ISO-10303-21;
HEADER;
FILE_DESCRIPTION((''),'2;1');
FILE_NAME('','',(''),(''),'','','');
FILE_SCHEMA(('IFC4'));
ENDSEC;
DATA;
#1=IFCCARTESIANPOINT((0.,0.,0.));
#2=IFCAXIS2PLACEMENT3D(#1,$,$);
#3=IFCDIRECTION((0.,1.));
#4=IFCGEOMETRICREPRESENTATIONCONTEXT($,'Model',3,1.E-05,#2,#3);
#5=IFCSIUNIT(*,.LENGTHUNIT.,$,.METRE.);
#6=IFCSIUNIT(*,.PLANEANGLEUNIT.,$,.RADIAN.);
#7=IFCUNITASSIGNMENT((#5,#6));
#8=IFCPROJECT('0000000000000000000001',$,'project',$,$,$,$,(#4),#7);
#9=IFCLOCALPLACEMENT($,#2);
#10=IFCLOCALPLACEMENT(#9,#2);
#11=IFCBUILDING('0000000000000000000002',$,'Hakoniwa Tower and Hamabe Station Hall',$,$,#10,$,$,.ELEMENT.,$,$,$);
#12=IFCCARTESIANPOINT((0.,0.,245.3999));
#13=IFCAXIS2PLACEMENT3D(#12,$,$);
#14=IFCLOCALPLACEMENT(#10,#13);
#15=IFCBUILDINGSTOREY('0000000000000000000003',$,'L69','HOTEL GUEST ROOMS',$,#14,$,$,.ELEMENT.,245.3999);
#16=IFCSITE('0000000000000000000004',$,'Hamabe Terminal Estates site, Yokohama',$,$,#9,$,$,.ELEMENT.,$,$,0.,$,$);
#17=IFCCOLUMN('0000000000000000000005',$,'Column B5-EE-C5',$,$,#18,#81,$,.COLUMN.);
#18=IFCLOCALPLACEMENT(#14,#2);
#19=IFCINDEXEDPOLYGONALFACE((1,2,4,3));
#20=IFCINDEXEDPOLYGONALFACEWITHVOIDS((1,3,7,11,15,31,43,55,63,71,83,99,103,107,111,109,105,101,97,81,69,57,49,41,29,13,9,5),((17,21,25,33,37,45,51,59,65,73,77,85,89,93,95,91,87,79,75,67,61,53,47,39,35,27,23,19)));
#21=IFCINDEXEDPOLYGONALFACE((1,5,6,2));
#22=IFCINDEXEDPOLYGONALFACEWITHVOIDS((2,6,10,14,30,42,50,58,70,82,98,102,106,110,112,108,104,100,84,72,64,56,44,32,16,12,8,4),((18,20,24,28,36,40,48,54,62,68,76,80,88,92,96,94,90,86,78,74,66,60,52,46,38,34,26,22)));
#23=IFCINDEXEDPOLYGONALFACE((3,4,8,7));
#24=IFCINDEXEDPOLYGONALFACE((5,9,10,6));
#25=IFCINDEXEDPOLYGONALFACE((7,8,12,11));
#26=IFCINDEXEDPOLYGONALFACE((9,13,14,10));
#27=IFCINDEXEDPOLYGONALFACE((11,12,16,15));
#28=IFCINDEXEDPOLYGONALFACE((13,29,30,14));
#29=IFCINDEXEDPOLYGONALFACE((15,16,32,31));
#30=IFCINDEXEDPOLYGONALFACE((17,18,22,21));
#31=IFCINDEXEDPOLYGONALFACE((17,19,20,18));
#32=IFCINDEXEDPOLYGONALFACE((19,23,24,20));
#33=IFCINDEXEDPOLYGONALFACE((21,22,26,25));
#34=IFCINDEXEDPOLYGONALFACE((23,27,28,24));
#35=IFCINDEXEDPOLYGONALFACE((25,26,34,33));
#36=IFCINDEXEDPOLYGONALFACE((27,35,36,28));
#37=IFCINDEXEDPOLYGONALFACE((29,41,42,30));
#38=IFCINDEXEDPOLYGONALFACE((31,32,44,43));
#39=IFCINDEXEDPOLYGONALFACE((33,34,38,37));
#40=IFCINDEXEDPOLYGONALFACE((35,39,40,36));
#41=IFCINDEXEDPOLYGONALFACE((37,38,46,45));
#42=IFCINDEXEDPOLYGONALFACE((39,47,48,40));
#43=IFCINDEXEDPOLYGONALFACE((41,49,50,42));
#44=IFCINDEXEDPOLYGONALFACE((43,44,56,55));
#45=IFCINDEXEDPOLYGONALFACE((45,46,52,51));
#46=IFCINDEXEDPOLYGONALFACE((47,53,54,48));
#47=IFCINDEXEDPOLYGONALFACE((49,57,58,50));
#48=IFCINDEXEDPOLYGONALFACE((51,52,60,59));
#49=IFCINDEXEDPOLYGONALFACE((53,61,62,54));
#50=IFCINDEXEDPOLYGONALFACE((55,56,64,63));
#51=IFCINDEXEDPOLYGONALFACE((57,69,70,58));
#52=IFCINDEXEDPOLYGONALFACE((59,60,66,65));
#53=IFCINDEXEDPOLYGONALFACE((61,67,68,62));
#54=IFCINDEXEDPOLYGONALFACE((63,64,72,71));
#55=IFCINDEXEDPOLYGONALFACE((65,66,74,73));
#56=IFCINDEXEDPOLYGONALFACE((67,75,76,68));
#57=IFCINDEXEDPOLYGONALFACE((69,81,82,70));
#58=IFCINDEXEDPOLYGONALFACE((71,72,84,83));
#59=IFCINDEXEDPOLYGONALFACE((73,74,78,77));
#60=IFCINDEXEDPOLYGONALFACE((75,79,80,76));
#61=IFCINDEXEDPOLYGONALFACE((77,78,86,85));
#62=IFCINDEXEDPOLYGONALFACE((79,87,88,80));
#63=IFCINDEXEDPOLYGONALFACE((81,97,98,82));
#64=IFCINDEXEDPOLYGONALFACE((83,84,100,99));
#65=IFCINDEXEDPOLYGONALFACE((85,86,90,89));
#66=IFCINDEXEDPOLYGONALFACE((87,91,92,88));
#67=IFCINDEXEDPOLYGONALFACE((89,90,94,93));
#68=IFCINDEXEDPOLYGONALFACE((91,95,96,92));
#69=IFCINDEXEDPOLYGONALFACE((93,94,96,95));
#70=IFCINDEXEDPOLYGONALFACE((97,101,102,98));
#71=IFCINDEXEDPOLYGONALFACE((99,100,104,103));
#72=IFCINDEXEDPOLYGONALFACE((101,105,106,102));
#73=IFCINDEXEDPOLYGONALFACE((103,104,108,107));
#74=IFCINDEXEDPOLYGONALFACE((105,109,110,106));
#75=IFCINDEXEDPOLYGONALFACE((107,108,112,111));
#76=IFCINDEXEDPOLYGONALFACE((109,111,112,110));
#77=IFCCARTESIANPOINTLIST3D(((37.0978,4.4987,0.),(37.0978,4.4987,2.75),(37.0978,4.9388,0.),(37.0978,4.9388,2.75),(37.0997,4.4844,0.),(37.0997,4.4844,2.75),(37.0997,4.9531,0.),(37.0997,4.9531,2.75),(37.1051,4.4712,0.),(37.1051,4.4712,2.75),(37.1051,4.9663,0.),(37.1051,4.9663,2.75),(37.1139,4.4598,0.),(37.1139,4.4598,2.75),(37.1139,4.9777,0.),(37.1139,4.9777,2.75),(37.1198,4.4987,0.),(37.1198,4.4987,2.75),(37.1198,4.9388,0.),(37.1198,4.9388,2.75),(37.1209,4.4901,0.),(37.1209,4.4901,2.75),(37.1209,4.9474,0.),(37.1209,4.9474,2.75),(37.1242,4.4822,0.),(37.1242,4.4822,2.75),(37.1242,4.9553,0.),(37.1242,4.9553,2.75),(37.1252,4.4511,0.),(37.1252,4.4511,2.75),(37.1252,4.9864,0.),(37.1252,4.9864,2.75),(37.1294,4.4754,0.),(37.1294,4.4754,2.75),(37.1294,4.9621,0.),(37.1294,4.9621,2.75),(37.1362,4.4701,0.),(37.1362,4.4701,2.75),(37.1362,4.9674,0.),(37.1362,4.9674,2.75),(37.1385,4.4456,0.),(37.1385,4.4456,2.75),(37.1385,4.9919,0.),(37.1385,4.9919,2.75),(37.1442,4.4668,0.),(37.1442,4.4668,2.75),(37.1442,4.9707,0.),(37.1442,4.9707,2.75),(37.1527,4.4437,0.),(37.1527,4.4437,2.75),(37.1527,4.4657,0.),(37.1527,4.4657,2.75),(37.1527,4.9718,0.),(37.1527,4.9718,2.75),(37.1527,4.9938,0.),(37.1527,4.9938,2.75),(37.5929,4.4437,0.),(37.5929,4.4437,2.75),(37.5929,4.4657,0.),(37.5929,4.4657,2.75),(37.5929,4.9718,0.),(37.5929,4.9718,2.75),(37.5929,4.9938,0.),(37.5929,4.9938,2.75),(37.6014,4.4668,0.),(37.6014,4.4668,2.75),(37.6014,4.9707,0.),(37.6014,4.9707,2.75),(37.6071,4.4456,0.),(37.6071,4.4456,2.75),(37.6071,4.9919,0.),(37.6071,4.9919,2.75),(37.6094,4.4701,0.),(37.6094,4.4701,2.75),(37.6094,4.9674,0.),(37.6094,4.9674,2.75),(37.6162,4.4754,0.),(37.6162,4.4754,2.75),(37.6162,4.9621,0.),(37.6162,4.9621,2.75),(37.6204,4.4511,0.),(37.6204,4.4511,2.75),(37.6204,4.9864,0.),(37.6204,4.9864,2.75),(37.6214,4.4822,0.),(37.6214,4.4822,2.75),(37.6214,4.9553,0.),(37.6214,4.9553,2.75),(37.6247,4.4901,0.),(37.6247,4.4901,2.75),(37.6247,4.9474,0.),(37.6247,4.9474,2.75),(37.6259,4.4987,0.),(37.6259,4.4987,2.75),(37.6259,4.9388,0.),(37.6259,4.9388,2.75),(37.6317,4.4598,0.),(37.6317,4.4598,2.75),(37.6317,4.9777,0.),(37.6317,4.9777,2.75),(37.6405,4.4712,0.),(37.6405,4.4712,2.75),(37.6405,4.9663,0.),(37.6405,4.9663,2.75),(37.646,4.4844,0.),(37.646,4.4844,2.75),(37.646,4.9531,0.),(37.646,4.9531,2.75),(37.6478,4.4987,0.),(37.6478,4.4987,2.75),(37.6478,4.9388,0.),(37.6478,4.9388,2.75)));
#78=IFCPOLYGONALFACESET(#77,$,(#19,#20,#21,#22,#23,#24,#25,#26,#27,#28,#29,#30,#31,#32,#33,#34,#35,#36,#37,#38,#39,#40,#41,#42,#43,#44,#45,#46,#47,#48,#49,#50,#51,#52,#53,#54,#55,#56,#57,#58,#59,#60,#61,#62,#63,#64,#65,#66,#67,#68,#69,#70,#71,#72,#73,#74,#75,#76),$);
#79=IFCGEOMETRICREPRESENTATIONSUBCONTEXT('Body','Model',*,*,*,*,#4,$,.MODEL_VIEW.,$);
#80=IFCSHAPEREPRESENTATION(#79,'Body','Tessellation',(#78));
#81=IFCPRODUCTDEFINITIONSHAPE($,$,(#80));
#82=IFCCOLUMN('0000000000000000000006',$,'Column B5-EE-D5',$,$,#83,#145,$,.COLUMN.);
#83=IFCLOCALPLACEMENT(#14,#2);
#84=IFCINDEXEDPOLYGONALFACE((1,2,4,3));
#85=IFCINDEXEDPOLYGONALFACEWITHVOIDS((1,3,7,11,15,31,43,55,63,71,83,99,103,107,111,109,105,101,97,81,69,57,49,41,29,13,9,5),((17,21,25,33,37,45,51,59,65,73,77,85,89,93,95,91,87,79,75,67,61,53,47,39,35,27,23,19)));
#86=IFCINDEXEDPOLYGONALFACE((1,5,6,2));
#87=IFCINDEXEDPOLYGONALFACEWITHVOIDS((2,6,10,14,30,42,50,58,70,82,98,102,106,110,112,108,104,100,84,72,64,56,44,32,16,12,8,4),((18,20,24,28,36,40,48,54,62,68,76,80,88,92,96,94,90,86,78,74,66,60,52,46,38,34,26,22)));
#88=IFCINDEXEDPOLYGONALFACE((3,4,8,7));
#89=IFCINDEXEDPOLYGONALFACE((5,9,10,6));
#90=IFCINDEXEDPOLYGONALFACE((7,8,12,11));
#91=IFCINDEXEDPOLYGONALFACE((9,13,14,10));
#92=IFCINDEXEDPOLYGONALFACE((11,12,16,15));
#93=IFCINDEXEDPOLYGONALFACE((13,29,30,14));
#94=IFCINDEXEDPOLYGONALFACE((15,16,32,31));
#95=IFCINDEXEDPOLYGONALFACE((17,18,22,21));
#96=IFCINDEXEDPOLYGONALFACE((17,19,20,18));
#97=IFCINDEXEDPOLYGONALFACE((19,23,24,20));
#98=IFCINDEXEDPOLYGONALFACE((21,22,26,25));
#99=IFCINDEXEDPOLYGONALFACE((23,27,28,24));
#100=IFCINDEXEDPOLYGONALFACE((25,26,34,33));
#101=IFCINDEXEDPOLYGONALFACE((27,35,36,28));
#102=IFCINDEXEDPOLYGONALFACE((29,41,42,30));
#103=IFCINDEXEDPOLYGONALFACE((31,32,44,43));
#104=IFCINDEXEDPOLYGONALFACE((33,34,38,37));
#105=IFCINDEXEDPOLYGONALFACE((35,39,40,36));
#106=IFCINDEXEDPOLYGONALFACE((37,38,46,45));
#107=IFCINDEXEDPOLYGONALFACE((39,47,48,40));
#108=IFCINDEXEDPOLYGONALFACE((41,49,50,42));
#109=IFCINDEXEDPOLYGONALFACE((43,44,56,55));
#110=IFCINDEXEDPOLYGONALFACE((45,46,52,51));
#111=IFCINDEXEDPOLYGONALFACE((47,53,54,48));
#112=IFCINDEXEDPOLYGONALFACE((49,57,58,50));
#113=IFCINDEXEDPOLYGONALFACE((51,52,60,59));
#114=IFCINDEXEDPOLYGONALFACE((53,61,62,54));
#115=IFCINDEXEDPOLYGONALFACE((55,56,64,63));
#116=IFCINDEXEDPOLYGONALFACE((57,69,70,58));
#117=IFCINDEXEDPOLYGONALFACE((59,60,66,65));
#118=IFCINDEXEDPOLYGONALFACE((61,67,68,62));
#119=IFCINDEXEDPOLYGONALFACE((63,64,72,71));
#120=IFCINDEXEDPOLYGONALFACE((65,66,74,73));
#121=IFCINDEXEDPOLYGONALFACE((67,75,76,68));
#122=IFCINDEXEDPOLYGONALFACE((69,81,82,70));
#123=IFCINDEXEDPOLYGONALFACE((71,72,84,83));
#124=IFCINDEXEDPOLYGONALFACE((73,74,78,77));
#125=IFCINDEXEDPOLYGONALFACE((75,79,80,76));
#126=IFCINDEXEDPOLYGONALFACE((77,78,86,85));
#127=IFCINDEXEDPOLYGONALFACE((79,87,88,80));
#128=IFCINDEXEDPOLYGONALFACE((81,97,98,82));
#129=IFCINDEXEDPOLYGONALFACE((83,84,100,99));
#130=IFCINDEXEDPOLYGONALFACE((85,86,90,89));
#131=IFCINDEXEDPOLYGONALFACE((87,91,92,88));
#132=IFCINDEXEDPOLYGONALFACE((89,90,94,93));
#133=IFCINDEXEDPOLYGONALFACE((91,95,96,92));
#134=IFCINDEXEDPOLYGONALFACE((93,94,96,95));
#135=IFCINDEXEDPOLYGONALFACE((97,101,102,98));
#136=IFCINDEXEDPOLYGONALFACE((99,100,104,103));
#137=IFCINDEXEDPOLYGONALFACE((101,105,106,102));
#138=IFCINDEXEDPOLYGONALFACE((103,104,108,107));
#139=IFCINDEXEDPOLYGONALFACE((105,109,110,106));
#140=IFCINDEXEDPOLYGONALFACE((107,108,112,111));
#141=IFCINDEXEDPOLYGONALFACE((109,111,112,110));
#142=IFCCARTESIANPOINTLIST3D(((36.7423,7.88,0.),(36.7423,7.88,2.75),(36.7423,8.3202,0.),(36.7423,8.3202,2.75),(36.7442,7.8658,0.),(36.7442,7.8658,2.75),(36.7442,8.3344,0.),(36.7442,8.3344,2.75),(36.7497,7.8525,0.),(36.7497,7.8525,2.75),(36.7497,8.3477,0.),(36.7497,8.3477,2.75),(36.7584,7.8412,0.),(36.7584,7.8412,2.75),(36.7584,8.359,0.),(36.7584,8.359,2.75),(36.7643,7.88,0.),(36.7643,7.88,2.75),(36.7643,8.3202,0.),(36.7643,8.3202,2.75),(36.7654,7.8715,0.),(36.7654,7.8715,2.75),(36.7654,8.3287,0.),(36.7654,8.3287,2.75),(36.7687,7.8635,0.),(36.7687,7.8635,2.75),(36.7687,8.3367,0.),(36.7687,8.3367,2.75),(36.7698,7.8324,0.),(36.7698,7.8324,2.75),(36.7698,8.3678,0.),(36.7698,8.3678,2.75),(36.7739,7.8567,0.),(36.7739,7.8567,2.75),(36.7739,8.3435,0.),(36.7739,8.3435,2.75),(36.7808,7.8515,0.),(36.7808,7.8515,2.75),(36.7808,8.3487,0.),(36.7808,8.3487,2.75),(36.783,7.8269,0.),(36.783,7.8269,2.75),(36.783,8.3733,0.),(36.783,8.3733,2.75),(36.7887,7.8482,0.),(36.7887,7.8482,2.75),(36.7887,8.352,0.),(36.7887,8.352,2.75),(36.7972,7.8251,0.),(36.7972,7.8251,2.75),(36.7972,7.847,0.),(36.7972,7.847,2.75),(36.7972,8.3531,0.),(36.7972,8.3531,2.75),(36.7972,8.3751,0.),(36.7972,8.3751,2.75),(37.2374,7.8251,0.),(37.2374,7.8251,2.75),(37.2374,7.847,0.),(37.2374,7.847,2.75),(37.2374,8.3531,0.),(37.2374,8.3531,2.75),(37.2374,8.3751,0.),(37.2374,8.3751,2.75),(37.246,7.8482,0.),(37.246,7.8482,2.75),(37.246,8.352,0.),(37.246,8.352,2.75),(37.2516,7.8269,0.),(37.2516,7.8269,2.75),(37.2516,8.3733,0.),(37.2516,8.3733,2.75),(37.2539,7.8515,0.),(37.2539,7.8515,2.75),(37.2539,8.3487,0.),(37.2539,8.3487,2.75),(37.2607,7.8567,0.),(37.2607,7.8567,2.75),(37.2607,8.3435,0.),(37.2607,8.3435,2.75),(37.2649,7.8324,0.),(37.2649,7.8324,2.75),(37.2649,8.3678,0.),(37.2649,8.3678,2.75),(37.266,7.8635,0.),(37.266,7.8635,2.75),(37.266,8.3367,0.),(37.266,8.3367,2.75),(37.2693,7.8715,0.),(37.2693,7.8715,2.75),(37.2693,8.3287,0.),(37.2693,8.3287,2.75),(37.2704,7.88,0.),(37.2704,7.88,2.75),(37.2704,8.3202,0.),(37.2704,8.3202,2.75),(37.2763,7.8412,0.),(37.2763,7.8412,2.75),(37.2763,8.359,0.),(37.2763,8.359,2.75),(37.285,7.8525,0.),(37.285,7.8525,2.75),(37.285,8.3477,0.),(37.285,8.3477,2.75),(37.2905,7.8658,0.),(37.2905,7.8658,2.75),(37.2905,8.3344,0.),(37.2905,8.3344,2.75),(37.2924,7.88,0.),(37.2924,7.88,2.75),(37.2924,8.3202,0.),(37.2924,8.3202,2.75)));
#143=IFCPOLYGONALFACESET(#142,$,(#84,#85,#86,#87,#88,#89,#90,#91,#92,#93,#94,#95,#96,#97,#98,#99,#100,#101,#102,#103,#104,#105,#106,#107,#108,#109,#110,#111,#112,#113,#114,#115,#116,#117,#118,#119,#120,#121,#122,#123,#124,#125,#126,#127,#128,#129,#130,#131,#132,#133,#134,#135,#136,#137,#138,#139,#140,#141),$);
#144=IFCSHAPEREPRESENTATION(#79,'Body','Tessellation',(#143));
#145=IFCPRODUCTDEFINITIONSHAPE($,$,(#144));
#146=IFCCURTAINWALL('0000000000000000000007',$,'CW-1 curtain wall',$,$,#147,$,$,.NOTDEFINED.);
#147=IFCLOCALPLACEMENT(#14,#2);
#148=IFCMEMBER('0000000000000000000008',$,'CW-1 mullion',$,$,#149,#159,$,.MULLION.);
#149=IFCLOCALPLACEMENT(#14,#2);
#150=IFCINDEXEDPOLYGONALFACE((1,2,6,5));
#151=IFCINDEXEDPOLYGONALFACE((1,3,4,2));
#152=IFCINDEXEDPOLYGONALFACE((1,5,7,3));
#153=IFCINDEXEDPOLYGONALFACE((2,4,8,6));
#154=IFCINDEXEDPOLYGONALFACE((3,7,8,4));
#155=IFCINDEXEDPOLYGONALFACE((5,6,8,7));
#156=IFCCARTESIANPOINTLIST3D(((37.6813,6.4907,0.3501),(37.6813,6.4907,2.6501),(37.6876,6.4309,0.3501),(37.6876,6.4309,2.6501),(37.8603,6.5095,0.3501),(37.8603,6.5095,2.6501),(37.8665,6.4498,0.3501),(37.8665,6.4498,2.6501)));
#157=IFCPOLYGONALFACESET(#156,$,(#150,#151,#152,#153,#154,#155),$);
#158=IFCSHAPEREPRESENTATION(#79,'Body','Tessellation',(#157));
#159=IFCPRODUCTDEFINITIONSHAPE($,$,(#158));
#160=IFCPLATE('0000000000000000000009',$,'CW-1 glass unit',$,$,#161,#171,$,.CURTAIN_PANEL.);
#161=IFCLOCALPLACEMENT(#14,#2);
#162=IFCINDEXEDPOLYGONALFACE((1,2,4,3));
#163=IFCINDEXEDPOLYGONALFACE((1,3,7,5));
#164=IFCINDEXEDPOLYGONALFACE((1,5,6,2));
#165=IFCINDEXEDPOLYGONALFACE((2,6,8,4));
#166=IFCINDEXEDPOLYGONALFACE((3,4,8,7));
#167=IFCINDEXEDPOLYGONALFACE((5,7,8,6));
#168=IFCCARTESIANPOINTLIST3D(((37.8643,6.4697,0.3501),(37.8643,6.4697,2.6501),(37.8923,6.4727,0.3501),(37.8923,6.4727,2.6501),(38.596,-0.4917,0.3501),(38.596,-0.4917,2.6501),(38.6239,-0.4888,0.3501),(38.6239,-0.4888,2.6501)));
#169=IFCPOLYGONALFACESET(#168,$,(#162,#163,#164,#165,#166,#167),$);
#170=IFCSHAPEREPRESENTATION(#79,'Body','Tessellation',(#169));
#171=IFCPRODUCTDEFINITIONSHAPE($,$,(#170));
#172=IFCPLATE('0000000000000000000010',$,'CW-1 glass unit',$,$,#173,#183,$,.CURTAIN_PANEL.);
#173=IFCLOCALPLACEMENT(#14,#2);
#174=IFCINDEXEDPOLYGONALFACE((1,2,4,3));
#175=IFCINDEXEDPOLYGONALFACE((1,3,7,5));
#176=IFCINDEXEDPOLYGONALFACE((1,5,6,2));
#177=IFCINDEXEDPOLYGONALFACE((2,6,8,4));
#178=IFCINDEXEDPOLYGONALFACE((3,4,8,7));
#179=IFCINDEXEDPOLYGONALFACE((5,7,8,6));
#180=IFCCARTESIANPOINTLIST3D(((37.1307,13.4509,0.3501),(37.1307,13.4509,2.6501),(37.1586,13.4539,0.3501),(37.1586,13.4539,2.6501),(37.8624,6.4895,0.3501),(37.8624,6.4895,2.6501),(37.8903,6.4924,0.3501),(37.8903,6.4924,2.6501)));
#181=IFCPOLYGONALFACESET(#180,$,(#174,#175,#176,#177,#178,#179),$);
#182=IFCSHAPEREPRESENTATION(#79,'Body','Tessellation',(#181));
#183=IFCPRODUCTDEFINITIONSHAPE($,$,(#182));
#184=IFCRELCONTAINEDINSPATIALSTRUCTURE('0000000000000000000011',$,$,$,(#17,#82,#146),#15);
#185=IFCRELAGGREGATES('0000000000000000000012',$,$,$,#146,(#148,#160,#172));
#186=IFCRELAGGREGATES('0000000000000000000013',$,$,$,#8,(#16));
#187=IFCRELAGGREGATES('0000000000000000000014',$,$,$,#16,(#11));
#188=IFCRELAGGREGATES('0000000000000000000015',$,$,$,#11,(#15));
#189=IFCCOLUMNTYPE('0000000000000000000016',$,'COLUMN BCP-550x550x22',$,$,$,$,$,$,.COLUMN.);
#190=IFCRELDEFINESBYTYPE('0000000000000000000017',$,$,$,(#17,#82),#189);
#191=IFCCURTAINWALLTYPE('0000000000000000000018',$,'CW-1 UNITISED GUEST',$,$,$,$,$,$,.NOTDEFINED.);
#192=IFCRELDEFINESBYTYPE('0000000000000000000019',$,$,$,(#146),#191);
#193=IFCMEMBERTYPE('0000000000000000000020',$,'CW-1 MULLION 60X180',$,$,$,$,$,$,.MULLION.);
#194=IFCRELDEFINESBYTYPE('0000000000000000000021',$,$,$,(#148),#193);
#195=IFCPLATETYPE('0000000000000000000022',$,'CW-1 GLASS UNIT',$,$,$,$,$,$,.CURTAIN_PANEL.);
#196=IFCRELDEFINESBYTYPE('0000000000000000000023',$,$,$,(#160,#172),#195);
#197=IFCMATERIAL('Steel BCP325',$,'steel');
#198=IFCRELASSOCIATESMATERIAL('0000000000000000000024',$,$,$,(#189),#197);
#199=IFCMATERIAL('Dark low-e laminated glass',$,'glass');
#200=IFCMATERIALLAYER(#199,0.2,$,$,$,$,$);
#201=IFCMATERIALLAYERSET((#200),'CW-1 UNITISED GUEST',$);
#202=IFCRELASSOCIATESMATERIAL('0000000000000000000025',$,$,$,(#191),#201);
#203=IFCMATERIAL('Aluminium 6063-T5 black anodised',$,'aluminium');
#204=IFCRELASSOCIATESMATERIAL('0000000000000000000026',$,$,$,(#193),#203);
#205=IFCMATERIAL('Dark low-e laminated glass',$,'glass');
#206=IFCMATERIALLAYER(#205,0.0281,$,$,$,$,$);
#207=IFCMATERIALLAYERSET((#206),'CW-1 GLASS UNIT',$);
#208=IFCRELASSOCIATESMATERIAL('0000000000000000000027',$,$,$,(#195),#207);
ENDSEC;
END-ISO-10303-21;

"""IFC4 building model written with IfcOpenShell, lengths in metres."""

from ifc_helpers import new_model, si_unit, direction, frame, origin, origin_2d, place, context, subcontext, project, spatial, rectangle, hollow_rectangle, extrude, material, layer, layer_set, material_profile, profile_set, type_object, element, aggregate, save


model = new_model("IFC4")

# Units and contexts
model_context = context("Model", 3, precision=1e-05, world=origin(), true_north=direction((0.0, 1.0)))
body_context = subcontext(model_context, "Body", "Model", "MODEL_VIEW")
ifc_project = project(units=[si_unit("LENGTHUNIT", "METRE"), si_unit("PLANEANGLEUNIT", "RADIAN")], contexts=[model_context])

# Site, building, storey
site_placement = place(None, origin())
site = spatial("IfcSite", under=ifc_project, at=site_placement, Name="Hamabe Terminal Estates site, Yokohama", CompositionType="ELEMENT", RefElevation=0.0)
building_placement = place(site_placement, origin())
building = spatial("IfcBuilding", under=site, at=building_placement, Name="Hakoniwa Tower and Hamabe Station Hall", CompositionType="ELEMENT")
storey_placement = place(building_placement, frame((0.0, 0.0, 245.3999)))
storey = spatial("IfcBuildingStorey", under=building, at=storey_placement, Name="L69", Description="HOTEL GUEST ROOMS", CompositionType="ELEMENT", Elevation=245.3999)

# Columns
ifc_material_1 = material(Name="Steel BCP325", Category="steel")
ifc_material_profile_1 = material_profile(ifc_material_1, hollow_rectangle(XDim=0.55, YDim=0.55, WallThickness=0.022, InnerFilletRadius=0.033, OuterFilletRadius=0.0549, at=origin_2d()), Name="BCP-550x550x22")
ifc_profile_set_1 = profile_set([ifc_material_profile_1], Name="Steel BCP325")
column_type = type_object("IfcColumnType", Name="COLUMN BCP-550x550x22", PredefinedType="COLUMN", material=ifc_profile_set_1)
for number, where, z_axis, x_axis, name in (
    (1, (37.3728, 4.7188, 0.0), (0.0, 0.0, 1.0), (1.0, 0.0, 0.0), "Column B5-EE-C5"),
    (2, (37.0173, 8.1001, 0.0), (0.0, 0.0, 1.0), (1.0, 0.0, 0.0), "Column B5-EE-D5"),
):
    element("IfcColumn", number, at=place(storey_placement, frame(where, z_axis=z_axis, x_axis=x_axis)), inside=storey, type_object=column_type, Name=name, PredefinedType="COLUMN", context=body_context, shape_type="SweptSolid", body=[
        extrude(hollow_rectangle(XDim=0.55, YDim=0.55, WallThickness=0.022, InnerFilletRadius=0.033, OuterFilletRadius=0.0549, at=origin_2d()), origin(), (0.0, 0.0, 1.0), 2.75),
    ])

# Curtain wall, member, plates
ifc_material_2 = material(Name="Dark low-e laminated glass", Category="glass")
ifc_layer_1 = layer(ifc_material_2, 0.2)
ifc_layer_set_1 = layer_set([ifc_layer_1], Name="CW-1 UNITISED GUEST")
curtain_wall_type = type_object("IfcCurtainWallType", Name="CW-1 UNITISED GUEST", PredefinedType="NOTDEFINED", material=ifc_layer_set_1)
curtain_wall_placement = place(storey_placement, origin())
curtain_wall = element("IfcCurtainWall", 3, at=curtain_wall_placement, inside=storey, type_object=curtain_wall_type, Name="CW-1 curtain wall", PredefinedType="NOTDEFINED")
ifc_material_3 = material(Name="Aluminium 6063-T5 black anodised", Category="aluminium")
ifc_material_profile_2 = material_profile(ifc_material_3, rectangle(XDim=0.0601, YDim=0.1799, at=origin_2d()), Name="CW-1 MULLION 60X180")
ifc_profile_set_2 = profile_set([ifc_material_profile_2], Name="Aluminium 6063-T5 black anodised")
member_type = type_object("IfcMemberType", Name="CW-1 MULLION 60X180", PredefinedType="MULLION", material=ifc_profile_set_2)
member_placement = place(storey_placement, frame((37.7739, 6.4702, 0.3501), z_axis=(0.0, 0.0, 1.0), x_axis=(-0.104528, 0.994522, 0.0)))
member = element("IfcMember", 4, at=member_placement, type_object=member_type, Name="CW-1 mullion", PredefinedType="MULLION", context=body_context, shape_type="SweptSolid", body=[
    extrude(rectangle(XDim=0.0601, YDim=0.1799, at=origin_2d()), origin(), (0.0, 0.0, 1.0), 2.3),
])
ifc_material_4 = material(Name="Dark low-e laminated glass", Category="glass")
ifc_layer_2 = layer(ifc_material_4, 0.0281)
ifc_layer_set_2 = layer_set([ifc_layer_2], Name="CW-1 GLASS UNIT")
plate_type = type_object("IfcPlateType", Name="CW-1 GLASS UNIT", PredefinedType="CURTAIN_PANEL", material=ifc_layer_set_2)
plate_1_placement = place(storey_placement, frame((38.2441, 2.9905, 0.3501), z_axis=(0.0, 0.0, 1.0), x_axis=(-0.104528, 0.994522, 0.0)))
plate_1 = element("IfcPlate", 5, at=plate_1_placement, type_object=plate_type, Name="CW-1 glass unit", PredefinedType="CURTAIN_PANEL", context=body_context, shape_type="SweptSolid", body=[
    extrude(rectangle(XDim=6.9998, YDim=0.0281, at=origin_2d()), origin(), (0.0, 0.0, 1.0), 2.3),
])
plate_2_placement = place(storey_placement, frame((37.5105, 9.9717, 0.3501), z_axis=(0.0, 0.0, 1.0), x_axis=(-0.104528, 0.994522, 0.0)))
plate_2 = element("IfcPlate", 6, at=plate_2_placement, type_object=plate_type, Name="CW-1 glass unit", PredefinedType="CURTAIN_PANEL", context=body_context, shape_type="SweptSolid", body=[
    extrude(rectangle(XDim=6.9998, YDim=0.0281, at=origin_2d()), origin(), (0.0, 0.0, 1.0), 2.3),
])
aggregate(curtain_wall, [member, plate_1, plate_2])

save(model, "model.ifc")
